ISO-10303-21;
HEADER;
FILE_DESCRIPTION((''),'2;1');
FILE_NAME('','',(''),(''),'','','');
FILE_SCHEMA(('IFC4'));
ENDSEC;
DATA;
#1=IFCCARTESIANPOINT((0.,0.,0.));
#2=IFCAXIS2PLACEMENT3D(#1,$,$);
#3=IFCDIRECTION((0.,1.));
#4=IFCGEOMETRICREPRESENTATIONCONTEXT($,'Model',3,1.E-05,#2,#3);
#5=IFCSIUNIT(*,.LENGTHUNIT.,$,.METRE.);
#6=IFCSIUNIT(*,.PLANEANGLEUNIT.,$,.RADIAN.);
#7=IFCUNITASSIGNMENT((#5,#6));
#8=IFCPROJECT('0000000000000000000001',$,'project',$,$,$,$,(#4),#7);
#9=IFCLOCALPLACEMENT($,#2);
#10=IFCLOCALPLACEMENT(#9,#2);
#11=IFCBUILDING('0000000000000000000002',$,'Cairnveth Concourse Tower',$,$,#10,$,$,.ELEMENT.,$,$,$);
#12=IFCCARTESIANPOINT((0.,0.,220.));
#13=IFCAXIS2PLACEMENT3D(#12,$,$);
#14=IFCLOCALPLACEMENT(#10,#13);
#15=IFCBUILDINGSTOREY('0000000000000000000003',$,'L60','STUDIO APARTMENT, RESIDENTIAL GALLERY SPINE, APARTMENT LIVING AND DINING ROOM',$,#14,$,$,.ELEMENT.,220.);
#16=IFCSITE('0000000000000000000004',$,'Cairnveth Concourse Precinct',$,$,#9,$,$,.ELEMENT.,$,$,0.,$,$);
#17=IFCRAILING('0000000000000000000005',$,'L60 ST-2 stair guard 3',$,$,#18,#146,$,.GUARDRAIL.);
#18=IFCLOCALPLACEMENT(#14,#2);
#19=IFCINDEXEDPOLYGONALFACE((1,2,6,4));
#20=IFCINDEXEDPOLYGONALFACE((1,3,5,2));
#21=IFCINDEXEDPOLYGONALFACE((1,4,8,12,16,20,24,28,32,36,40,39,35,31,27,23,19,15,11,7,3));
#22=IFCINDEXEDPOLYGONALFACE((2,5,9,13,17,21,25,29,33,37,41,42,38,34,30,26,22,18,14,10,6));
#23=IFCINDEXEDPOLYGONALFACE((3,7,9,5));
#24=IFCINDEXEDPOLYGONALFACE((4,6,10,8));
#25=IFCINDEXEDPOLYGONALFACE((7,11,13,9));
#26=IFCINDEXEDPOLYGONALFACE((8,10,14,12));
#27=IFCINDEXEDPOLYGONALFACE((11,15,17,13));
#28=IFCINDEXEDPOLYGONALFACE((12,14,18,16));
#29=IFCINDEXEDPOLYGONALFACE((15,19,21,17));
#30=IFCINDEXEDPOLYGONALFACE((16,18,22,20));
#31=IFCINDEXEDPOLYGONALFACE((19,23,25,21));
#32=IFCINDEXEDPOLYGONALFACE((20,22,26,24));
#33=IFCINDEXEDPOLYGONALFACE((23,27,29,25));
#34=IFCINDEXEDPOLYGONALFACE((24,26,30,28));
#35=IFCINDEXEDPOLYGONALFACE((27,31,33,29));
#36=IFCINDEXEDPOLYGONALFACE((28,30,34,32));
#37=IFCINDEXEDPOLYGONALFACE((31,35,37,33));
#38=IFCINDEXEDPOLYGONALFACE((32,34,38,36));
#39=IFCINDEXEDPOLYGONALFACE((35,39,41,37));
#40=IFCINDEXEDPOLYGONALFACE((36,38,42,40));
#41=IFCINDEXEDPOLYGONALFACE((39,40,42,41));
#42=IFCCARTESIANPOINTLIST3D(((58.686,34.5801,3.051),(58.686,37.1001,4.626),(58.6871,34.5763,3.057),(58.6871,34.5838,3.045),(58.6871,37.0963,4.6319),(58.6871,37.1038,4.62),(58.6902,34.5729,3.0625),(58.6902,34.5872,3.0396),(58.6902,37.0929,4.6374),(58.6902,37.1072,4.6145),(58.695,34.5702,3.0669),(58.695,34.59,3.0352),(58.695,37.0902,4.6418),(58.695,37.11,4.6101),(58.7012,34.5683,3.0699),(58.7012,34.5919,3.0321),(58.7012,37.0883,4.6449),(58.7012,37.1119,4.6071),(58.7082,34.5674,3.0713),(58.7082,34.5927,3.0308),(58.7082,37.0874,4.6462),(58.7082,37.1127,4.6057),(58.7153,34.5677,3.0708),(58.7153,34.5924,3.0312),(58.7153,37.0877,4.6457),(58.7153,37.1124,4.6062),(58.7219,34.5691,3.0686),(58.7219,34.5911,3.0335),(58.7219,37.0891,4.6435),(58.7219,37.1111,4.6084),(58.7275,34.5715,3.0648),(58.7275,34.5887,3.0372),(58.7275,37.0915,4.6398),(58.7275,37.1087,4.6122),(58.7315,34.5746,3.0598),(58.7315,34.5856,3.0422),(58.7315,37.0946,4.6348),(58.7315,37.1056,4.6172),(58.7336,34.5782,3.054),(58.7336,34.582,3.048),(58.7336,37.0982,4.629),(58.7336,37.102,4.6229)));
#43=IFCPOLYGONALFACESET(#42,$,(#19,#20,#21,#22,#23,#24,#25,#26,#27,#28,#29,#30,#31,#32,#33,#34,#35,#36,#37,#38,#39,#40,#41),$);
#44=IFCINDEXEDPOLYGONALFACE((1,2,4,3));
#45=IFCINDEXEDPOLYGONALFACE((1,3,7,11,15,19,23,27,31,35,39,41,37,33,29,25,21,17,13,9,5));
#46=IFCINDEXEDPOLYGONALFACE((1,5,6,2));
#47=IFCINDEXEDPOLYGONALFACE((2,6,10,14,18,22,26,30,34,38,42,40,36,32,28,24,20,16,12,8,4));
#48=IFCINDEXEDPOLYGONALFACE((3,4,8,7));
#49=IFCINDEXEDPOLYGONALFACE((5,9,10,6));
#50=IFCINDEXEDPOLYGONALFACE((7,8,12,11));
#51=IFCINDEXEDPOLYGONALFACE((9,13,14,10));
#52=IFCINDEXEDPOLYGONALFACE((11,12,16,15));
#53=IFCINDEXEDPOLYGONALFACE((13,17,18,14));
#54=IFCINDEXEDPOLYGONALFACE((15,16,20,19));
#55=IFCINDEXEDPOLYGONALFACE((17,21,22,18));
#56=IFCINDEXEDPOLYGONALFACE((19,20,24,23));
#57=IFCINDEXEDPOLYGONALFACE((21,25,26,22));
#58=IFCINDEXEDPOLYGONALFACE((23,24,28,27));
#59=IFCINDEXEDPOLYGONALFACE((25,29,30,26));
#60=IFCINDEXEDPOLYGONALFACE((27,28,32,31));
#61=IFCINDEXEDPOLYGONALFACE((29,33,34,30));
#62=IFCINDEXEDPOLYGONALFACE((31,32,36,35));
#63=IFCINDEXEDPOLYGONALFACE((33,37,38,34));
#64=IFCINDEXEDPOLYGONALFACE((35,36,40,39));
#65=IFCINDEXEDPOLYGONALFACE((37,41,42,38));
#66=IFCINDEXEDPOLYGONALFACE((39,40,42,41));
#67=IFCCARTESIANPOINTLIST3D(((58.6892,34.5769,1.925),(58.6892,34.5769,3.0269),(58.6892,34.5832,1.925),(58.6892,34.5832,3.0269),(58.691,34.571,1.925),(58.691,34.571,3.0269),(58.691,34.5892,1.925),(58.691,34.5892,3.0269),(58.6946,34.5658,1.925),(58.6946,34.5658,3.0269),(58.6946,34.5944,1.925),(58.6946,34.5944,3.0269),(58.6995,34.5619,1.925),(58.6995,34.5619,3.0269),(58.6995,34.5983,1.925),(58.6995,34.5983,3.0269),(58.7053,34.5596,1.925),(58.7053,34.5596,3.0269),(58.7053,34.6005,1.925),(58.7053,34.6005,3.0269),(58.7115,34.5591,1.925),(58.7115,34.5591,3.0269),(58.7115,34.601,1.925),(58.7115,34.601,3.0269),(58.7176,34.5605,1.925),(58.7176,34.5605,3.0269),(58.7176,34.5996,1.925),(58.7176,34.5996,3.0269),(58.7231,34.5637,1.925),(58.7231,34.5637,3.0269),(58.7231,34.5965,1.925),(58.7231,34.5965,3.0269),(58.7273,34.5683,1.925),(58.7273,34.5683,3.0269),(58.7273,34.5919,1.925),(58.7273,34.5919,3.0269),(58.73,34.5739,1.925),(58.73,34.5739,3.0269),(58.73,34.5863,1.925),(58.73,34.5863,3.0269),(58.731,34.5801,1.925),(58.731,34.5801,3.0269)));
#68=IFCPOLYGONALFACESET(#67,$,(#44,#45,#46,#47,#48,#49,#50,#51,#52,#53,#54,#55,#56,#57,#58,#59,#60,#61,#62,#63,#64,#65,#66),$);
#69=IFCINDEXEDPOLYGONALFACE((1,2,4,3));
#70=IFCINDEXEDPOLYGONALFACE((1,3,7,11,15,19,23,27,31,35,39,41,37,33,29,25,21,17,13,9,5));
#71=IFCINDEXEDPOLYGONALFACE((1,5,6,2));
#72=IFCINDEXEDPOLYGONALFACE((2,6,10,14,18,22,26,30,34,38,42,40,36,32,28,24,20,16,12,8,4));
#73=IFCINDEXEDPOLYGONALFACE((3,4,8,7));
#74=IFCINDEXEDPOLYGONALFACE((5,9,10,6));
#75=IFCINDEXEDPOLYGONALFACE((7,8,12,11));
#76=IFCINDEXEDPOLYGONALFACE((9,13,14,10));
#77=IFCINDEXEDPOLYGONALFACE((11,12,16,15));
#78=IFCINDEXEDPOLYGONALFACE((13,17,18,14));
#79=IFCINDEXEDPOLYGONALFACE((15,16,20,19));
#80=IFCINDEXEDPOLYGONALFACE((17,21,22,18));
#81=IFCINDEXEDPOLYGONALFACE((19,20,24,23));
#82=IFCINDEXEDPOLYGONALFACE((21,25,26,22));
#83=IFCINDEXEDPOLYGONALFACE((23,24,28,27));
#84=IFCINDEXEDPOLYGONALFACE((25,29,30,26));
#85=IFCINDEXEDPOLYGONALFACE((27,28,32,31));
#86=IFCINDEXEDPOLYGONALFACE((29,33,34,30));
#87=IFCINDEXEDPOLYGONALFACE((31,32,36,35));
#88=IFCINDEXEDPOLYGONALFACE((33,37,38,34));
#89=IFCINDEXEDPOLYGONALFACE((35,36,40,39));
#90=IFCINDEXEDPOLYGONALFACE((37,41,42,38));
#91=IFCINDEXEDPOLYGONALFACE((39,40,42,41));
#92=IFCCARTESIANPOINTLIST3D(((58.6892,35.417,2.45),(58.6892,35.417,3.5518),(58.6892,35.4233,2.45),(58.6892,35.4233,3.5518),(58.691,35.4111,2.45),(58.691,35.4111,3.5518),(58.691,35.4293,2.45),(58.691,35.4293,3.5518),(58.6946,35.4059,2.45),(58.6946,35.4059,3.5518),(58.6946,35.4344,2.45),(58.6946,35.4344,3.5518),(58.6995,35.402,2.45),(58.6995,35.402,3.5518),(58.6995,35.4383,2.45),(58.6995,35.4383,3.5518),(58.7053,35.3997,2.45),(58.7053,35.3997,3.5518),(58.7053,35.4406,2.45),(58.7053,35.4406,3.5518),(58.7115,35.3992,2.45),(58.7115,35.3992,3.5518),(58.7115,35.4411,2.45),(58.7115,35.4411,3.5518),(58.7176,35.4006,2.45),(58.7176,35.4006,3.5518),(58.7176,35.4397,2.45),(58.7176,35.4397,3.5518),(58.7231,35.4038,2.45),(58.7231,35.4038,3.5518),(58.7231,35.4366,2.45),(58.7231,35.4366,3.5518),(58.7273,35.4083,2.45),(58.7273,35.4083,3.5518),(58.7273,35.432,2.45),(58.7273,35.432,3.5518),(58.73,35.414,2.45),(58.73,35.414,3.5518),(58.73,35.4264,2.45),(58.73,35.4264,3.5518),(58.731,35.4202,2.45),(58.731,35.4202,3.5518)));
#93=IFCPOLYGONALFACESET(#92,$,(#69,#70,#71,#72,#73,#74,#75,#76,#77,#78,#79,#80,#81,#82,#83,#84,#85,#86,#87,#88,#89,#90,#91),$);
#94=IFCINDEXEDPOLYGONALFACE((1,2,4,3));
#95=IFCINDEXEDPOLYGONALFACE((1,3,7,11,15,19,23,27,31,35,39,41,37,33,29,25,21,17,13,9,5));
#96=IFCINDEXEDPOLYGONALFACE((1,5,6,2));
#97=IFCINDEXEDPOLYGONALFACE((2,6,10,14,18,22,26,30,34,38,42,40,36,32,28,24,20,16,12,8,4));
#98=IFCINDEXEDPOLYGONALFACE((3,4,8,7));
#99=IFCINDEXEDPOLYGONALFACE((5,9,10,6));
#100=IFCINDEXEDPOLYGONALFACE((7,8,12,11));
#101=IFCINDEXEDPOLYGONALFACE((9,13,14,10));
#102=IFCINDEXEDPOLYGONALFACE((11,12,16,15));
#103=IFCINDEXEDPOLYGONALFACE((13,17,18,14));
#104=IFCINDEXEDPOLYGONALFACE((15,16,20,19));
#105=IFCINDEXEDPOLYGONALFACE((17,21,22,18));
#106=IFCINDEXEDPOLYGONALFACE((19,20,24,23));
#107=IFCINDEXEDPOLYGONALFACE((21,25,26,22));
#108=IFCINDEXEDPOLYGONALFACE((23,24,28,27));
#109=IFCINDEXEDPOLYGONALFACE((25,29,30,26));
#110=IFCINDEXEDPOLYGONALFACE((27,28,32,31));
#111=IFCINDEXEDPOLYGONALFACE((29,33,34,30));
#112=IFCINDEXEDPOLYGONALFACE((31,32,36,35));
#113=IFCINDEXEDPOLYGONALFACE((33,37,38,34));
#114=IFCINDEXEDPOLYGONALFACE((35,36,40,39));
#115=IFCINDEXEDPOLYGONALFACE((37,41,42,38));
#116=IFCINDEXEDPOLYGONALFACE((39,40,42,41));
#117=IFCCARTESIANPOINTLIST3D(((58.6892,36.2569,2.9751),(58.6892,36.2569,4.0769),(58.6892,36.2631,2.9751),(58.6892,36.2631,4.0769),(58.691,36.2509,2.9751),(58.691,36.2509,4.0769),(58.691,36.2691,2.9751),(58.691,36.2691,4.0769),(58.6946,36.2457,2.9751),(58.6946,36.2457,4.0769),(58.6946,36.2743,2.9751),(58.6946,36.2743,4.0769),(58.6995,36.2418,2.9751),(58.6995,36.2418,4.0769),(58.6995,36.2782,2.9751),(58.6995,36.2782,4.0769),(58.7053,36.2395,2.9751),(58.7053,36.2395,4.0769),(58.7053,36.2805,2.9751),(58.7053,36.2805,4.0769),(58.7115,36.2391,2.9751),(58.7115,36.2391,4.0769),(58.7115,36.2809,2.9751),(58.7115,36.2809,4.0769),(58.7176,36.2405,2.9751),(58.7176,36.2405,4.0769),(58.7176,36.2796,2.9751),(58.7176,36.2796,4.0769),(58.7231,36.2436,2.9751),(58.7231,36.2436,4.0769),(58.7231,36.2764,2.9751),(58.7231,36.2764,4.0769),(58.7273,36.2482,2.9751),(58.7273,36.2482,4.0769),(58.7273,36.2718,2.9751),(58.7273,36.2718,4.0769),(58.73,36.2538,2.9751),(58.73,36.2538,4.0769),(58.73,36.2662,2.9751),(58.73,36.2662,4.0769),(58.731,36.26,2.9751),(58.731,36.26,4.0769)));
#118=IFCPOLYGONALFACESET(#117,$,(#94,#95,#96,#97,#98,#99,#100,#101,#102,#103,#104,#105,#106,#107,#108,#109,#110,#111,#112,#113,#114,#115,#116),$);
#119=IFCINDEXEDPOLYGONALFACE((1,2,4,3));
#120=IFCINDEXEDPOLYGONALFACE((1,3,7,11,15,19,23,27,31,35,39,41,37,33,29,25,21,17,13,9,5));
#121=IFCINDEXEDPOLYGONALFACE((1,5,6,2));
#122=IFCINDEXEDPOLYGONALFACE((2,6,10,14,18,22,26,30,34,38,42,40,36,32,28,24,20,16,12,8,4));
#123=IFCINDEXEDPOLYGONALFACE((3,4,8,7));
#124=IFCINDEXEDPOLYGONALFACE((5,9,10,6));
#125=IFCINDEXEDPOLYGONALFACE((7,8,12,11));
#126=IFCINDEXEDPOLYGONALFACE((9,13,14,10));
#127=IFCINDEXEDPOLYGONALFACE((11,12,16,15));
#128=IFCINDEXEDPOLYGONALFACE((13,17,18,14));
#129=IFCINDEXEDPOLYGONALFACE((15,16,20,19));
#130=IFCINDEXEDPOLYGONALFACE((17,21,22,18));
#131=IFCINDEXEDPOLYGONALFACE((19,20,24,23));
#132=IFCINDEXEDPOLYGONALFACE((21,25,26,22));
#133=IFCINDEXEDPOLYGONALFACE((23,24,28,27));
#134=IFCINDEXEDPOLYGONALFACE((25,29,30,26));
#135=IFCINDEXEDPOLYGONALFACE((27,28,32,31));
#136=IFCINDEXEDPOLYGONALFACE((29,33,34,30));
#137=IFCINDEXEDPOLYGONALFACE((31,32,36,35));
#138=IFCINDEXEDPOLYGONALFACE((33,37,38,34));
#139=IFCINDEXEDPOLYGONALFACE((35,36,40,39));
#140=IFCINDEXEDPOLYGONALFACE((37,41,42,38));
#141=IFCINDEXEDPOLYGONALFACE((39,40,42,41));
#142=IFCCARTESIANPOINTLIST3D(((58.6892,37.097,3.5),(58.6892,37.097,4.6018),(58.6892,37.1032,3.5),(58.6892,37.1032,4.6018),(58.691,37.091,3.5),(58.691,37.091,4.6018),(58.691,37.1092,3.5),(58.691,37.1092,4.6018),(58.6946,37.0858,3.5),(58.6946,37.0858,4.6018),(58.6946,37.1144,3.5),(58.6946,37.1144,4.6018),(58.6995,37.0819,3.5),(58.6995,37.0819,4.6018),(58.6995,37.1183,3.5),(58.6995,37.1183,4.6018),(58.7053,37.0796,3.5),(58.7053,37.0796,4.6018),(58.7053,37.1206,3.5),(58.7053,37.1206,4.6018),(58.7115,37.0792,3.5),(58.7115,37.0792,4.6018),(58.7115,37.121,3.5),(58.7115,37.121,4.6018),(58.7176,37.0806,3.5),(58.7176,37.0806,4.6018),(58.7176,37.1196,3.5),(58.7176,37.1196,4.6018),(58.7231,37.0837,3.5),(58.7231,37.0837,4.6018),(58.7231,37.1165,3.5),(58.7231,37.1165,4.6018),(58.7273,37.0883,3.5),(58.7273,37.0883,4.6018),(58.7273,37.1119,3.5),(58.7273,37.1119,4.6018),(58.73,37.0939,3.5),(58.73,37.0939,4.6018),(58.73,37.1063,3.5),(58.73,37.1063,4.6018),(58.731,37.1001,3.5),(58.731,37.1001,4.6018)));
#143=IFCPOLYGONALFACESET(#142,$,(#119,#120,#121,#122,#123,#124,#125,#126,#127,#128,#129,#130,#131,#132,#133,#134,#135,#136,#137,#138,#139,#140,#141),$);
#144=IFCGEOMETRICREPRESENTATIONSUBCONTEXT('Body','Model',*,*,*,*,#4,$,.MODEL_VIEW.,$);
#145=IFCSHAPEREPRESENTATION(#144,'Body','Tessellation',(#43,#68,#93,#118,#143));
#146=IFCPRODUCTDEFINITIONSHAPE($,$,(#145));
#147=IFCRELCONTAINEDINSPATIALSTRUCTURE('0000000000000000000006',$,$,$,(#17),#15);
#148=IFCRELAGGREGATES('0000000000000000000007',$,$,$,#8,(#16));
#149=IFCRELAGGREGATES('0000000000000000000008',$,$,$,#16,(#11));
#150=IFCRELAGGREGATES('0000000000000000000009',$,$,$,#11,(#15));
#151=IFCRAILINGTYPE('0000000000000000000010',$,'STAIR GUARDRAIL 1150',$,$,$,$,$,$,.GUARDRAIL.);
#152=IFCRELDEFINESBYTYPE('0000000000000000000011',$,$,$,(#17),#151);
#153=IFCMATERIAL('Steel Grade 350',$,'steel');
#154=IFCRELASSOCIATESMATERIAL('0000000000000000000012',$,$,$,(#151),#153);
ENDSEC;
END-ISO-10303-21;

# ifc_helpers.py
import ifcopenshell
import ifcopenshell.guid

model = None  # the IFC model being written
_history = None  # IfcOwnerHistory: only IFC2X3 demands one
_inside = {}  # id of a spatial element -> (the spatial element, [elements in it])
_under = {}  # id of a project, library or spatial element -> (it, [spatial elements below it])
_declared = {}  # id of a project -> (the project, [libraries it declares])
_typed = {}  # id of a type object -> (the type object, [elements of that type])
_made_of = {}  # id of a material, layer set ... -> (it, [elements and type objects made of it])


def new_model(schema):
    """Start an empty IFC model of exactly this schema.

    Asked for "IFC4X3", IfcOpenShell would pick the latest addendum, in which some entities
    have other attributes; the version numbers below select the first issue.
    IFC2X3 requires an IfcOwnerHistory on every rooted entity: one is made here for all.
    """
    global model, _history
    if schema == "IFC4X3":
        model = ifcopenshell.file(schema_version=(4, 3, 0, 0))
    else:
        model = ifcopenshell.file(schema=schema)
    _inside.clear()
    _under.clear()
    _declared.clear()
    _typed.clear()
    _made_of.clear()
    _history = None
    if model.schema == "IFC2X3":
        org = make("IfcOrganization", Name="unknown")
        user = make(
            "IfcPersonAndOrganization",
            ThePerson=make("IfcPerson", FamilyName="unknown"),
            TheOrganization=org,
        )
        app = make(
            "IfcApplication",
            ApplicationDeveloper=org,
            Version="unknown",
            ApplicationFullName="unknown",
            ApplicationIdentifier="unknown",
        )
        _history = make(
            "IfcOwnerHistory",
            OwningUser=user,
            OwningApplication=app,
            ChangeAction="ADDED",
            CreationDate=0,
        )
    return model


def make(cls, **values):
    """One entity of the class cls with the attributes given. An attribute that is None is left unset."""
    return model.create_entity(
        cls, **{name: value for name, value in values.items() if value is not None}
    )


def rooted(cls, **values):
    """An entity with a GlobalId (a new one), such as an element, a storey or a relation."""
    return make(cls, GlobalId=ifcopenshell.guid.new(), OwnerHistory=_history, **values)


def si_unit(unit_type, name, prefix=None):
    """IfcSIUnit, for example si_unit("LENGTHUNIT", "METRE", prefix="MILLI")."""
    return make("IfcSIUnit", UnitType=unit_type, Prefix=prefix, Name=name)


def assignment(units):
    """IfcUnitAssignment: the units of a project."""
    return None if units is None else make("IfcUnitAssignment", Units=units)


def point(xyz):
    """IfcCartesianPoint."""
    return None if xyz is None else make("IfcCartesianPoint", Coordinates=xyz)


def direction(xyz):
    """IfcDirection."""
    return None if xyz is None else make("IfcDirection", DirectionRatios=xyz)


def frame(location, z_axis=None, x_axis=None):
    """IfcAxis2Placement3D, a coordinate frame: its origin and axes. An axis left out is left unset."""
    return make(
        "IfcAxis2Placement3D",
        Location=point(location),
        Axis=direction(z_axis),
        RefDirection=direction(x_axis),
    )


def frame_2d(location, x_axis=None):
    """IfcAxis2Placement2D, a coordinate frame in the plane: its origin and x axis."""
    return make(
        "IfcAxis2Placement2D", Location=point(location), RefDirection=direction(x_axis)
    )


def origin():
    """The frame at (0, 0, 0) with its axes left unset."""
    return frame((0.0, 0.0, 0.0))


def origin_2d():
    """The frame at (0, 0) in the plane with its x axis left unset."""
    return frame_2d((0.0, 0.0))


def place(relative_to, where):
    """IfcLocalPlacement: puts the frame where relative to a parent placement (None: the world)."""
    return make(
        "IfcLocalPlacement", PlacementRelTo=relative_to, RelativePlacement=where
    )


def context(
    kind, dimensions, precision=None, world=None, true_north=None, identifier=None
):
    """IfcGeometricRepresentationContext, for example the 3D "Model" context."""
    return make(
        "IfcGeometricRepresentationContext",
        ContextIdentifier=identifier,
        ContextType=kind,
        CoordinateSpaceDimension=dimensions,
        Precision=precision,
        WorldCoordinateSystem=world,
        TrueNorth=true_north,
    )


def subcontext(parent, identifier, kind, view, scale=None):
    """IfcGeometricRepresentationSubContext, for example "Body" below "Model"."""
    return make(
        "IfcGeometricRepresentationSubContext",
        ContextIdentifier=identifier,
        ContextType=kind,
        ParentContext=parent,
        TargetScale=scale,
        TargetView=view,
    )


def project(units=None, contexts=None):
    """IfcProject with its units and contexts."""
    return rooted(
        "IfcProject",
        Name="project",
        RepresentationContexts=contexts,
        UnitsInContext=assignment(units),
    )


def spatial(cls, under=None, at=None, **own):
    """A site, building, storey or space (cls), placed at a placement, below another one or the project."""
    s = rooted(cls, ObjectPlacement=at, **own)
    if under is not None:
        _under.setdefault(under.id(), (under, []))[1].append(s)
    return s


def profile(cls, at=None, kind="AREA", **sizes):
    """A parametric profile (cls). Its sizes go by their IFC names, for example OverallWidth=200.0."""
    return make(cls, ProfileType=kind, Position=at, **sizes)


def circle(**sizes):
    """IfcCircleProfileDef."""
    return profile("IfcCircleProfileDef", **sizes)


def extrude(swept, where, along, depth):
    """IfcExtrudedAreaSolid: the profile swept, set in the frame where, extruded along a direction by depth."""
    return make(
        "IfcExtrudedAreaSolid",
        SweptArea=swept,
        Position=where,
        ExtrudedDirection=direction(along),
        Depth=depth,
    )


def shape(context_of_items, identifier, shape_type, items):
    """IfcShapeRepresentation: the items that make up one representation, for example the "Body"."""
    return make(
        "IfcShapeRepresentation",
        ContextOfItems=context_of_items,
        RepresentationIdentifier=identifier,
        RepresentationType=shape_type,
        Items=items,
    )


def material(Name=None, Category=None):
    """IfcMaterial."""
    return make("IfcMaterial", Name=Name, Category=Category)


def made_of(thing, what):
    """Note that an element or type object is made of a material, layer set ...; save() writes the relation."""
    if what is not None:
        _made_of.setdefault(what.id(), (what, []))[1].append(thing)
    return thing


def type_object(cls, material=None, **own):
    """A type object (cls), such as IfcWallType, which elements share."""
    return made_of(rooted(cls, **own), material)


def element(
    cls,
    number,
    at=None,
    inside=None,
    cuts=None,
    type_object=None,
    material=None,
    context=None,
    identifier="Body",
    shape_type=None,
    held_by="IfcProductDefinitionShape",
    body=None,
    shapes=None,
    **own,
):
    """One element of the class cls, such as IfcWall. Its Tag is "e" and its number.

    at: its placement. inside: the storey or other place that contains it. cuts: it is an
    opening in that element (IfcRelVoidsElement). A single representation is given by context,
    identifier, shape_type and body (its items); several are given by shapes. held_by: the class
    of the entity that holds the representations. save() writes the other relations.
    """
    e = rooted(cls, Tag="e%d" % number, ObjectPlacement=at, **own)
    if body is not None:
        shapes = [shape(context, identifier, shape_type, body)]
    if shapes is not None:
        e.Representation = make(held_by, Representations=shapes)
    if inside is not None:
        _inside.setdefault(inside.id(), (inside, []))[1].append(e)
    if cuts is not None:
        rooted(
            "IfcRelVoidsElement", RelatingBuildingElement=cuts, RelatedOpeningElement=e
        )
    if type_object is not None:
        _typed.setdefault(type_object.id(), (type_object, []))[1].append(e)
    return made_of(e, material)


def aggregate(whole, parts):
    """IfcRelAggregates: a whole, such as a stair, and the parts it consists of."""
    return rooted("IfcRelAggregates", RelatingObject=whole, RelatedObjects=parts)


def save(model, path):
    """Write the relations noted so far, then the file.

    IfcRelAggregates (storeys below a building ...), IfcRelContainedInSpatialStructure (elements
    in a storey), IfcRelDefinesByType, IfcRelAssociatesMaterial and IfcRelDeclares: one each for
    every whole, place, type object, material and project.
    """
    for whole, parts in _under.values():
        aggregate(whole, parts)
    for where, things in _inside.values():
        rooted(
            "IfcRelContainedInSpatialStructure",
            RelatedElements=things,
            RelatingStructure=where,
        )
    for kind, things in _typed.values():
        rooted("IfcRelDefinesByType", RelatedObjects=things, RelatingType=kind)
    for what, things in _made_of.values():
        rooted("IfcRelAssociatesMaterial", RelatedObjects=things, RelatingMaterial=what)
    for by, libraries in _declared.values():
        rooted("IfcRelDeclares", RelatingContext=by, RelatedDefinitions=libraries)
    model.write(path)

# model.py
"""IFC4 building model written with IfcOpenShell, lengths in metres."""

from ifc_helpers import new_model, si_unit, direction, frame, origin, origin_2d, place, context, subcontext, project, spatial, circle, extrude, material, type_object, element, save


model = new_model("IFC4")

# Units and contexts
model_context = context("Model", 3, precision=1e-05, world=origin(), true_north=direction((0.0, 1.0)))
body_context = subcontext(model_context, "Body", "Model", "MODEL_VIEW")
ifc_project = project(units=[si_unit("LENGTHUNIT", "METRE"), si_unit("PLANEANGLEUNIT", "RADIAN")], contexts=[model_context])

# Site, building, storey
site_placement = place(None, origin())
site = spatial("IfcSite", under=ifc_project, at=site_placement, Name="Cairnveth Concourse Precinct", CompositionType="ELEMENT", RefElevation=0.0)
building_placement = place(site_placement, origin())
building = spatial("IfcBuilding", under=site, at=building_placement, Name="Cairnveth Concourse Tower", CompositionType="ELEMENT")
storey_placement = place(building_placement, frame((0.0, 0.0, 220.0)))
storey = spatial("IfcBuildingStorey", under=building, at=storey_placement, Name="L60", Description="STUDIO APARTMENT, RESIDENTIAL GALLERY SPINE, APARTMENT LIVING AND DINING ROOM", CompositionType="ELEMENT", Elevation=220.0)

# Shared definitions
ifc_material_1 = material(Name="Steel Grade 350", Category="steel")

# Railing
railing_type_1 = type_object("IfcRailingType", Name="STAIR GUARDRAIL 1150", PredefinedType="GUARDRAIL", material=ifc_material_1)
railing_1_placement = place(storey_placement, frame((58.71, 34.5801, 1.925)))
element("IfcRailing", 1, at=railing_1_placement, inside=storey, type_object=railing_type_1, Name="L60 ST-2 stair guard 3", PredefinedType="GUARDRAIL", context=body_context, shape_type="SweptSolid", body=[
    extrude(circle(Radius=0.0239, at=origin_2d()), frame((0.0, 0.0, 1.126), z_axis=(0.0, 0.848008, 0.529984), x_axis=(-1.0, 0.0, 0.0)), (0.0, 0.0, 1.0), 2.9717),
    extrude(circle(Radius=0.021, at=origin_2d()), origin(), (0.0, 0.0, 1.0), 1.1018),
    extrude(circle(Radius=0.021, at=origin_2d()), frame((0.0, 0.8401, 0.5249)), (0.0, 0.0, 1.0), 1.1018),
    extrude(circle(Radius=0.021, at=origin_2d()), frame((0.0, 1.6799, 1.05)), (0.0, 0.0, 1.0), 1.1018),
    extrude(circle(Radius=0.021, at=origin_2d()), frame((0.0, 2.52, 1.575)), (0.0, 0.0, 1.0), 1.1018),
])

save(model, "model.ifc")
